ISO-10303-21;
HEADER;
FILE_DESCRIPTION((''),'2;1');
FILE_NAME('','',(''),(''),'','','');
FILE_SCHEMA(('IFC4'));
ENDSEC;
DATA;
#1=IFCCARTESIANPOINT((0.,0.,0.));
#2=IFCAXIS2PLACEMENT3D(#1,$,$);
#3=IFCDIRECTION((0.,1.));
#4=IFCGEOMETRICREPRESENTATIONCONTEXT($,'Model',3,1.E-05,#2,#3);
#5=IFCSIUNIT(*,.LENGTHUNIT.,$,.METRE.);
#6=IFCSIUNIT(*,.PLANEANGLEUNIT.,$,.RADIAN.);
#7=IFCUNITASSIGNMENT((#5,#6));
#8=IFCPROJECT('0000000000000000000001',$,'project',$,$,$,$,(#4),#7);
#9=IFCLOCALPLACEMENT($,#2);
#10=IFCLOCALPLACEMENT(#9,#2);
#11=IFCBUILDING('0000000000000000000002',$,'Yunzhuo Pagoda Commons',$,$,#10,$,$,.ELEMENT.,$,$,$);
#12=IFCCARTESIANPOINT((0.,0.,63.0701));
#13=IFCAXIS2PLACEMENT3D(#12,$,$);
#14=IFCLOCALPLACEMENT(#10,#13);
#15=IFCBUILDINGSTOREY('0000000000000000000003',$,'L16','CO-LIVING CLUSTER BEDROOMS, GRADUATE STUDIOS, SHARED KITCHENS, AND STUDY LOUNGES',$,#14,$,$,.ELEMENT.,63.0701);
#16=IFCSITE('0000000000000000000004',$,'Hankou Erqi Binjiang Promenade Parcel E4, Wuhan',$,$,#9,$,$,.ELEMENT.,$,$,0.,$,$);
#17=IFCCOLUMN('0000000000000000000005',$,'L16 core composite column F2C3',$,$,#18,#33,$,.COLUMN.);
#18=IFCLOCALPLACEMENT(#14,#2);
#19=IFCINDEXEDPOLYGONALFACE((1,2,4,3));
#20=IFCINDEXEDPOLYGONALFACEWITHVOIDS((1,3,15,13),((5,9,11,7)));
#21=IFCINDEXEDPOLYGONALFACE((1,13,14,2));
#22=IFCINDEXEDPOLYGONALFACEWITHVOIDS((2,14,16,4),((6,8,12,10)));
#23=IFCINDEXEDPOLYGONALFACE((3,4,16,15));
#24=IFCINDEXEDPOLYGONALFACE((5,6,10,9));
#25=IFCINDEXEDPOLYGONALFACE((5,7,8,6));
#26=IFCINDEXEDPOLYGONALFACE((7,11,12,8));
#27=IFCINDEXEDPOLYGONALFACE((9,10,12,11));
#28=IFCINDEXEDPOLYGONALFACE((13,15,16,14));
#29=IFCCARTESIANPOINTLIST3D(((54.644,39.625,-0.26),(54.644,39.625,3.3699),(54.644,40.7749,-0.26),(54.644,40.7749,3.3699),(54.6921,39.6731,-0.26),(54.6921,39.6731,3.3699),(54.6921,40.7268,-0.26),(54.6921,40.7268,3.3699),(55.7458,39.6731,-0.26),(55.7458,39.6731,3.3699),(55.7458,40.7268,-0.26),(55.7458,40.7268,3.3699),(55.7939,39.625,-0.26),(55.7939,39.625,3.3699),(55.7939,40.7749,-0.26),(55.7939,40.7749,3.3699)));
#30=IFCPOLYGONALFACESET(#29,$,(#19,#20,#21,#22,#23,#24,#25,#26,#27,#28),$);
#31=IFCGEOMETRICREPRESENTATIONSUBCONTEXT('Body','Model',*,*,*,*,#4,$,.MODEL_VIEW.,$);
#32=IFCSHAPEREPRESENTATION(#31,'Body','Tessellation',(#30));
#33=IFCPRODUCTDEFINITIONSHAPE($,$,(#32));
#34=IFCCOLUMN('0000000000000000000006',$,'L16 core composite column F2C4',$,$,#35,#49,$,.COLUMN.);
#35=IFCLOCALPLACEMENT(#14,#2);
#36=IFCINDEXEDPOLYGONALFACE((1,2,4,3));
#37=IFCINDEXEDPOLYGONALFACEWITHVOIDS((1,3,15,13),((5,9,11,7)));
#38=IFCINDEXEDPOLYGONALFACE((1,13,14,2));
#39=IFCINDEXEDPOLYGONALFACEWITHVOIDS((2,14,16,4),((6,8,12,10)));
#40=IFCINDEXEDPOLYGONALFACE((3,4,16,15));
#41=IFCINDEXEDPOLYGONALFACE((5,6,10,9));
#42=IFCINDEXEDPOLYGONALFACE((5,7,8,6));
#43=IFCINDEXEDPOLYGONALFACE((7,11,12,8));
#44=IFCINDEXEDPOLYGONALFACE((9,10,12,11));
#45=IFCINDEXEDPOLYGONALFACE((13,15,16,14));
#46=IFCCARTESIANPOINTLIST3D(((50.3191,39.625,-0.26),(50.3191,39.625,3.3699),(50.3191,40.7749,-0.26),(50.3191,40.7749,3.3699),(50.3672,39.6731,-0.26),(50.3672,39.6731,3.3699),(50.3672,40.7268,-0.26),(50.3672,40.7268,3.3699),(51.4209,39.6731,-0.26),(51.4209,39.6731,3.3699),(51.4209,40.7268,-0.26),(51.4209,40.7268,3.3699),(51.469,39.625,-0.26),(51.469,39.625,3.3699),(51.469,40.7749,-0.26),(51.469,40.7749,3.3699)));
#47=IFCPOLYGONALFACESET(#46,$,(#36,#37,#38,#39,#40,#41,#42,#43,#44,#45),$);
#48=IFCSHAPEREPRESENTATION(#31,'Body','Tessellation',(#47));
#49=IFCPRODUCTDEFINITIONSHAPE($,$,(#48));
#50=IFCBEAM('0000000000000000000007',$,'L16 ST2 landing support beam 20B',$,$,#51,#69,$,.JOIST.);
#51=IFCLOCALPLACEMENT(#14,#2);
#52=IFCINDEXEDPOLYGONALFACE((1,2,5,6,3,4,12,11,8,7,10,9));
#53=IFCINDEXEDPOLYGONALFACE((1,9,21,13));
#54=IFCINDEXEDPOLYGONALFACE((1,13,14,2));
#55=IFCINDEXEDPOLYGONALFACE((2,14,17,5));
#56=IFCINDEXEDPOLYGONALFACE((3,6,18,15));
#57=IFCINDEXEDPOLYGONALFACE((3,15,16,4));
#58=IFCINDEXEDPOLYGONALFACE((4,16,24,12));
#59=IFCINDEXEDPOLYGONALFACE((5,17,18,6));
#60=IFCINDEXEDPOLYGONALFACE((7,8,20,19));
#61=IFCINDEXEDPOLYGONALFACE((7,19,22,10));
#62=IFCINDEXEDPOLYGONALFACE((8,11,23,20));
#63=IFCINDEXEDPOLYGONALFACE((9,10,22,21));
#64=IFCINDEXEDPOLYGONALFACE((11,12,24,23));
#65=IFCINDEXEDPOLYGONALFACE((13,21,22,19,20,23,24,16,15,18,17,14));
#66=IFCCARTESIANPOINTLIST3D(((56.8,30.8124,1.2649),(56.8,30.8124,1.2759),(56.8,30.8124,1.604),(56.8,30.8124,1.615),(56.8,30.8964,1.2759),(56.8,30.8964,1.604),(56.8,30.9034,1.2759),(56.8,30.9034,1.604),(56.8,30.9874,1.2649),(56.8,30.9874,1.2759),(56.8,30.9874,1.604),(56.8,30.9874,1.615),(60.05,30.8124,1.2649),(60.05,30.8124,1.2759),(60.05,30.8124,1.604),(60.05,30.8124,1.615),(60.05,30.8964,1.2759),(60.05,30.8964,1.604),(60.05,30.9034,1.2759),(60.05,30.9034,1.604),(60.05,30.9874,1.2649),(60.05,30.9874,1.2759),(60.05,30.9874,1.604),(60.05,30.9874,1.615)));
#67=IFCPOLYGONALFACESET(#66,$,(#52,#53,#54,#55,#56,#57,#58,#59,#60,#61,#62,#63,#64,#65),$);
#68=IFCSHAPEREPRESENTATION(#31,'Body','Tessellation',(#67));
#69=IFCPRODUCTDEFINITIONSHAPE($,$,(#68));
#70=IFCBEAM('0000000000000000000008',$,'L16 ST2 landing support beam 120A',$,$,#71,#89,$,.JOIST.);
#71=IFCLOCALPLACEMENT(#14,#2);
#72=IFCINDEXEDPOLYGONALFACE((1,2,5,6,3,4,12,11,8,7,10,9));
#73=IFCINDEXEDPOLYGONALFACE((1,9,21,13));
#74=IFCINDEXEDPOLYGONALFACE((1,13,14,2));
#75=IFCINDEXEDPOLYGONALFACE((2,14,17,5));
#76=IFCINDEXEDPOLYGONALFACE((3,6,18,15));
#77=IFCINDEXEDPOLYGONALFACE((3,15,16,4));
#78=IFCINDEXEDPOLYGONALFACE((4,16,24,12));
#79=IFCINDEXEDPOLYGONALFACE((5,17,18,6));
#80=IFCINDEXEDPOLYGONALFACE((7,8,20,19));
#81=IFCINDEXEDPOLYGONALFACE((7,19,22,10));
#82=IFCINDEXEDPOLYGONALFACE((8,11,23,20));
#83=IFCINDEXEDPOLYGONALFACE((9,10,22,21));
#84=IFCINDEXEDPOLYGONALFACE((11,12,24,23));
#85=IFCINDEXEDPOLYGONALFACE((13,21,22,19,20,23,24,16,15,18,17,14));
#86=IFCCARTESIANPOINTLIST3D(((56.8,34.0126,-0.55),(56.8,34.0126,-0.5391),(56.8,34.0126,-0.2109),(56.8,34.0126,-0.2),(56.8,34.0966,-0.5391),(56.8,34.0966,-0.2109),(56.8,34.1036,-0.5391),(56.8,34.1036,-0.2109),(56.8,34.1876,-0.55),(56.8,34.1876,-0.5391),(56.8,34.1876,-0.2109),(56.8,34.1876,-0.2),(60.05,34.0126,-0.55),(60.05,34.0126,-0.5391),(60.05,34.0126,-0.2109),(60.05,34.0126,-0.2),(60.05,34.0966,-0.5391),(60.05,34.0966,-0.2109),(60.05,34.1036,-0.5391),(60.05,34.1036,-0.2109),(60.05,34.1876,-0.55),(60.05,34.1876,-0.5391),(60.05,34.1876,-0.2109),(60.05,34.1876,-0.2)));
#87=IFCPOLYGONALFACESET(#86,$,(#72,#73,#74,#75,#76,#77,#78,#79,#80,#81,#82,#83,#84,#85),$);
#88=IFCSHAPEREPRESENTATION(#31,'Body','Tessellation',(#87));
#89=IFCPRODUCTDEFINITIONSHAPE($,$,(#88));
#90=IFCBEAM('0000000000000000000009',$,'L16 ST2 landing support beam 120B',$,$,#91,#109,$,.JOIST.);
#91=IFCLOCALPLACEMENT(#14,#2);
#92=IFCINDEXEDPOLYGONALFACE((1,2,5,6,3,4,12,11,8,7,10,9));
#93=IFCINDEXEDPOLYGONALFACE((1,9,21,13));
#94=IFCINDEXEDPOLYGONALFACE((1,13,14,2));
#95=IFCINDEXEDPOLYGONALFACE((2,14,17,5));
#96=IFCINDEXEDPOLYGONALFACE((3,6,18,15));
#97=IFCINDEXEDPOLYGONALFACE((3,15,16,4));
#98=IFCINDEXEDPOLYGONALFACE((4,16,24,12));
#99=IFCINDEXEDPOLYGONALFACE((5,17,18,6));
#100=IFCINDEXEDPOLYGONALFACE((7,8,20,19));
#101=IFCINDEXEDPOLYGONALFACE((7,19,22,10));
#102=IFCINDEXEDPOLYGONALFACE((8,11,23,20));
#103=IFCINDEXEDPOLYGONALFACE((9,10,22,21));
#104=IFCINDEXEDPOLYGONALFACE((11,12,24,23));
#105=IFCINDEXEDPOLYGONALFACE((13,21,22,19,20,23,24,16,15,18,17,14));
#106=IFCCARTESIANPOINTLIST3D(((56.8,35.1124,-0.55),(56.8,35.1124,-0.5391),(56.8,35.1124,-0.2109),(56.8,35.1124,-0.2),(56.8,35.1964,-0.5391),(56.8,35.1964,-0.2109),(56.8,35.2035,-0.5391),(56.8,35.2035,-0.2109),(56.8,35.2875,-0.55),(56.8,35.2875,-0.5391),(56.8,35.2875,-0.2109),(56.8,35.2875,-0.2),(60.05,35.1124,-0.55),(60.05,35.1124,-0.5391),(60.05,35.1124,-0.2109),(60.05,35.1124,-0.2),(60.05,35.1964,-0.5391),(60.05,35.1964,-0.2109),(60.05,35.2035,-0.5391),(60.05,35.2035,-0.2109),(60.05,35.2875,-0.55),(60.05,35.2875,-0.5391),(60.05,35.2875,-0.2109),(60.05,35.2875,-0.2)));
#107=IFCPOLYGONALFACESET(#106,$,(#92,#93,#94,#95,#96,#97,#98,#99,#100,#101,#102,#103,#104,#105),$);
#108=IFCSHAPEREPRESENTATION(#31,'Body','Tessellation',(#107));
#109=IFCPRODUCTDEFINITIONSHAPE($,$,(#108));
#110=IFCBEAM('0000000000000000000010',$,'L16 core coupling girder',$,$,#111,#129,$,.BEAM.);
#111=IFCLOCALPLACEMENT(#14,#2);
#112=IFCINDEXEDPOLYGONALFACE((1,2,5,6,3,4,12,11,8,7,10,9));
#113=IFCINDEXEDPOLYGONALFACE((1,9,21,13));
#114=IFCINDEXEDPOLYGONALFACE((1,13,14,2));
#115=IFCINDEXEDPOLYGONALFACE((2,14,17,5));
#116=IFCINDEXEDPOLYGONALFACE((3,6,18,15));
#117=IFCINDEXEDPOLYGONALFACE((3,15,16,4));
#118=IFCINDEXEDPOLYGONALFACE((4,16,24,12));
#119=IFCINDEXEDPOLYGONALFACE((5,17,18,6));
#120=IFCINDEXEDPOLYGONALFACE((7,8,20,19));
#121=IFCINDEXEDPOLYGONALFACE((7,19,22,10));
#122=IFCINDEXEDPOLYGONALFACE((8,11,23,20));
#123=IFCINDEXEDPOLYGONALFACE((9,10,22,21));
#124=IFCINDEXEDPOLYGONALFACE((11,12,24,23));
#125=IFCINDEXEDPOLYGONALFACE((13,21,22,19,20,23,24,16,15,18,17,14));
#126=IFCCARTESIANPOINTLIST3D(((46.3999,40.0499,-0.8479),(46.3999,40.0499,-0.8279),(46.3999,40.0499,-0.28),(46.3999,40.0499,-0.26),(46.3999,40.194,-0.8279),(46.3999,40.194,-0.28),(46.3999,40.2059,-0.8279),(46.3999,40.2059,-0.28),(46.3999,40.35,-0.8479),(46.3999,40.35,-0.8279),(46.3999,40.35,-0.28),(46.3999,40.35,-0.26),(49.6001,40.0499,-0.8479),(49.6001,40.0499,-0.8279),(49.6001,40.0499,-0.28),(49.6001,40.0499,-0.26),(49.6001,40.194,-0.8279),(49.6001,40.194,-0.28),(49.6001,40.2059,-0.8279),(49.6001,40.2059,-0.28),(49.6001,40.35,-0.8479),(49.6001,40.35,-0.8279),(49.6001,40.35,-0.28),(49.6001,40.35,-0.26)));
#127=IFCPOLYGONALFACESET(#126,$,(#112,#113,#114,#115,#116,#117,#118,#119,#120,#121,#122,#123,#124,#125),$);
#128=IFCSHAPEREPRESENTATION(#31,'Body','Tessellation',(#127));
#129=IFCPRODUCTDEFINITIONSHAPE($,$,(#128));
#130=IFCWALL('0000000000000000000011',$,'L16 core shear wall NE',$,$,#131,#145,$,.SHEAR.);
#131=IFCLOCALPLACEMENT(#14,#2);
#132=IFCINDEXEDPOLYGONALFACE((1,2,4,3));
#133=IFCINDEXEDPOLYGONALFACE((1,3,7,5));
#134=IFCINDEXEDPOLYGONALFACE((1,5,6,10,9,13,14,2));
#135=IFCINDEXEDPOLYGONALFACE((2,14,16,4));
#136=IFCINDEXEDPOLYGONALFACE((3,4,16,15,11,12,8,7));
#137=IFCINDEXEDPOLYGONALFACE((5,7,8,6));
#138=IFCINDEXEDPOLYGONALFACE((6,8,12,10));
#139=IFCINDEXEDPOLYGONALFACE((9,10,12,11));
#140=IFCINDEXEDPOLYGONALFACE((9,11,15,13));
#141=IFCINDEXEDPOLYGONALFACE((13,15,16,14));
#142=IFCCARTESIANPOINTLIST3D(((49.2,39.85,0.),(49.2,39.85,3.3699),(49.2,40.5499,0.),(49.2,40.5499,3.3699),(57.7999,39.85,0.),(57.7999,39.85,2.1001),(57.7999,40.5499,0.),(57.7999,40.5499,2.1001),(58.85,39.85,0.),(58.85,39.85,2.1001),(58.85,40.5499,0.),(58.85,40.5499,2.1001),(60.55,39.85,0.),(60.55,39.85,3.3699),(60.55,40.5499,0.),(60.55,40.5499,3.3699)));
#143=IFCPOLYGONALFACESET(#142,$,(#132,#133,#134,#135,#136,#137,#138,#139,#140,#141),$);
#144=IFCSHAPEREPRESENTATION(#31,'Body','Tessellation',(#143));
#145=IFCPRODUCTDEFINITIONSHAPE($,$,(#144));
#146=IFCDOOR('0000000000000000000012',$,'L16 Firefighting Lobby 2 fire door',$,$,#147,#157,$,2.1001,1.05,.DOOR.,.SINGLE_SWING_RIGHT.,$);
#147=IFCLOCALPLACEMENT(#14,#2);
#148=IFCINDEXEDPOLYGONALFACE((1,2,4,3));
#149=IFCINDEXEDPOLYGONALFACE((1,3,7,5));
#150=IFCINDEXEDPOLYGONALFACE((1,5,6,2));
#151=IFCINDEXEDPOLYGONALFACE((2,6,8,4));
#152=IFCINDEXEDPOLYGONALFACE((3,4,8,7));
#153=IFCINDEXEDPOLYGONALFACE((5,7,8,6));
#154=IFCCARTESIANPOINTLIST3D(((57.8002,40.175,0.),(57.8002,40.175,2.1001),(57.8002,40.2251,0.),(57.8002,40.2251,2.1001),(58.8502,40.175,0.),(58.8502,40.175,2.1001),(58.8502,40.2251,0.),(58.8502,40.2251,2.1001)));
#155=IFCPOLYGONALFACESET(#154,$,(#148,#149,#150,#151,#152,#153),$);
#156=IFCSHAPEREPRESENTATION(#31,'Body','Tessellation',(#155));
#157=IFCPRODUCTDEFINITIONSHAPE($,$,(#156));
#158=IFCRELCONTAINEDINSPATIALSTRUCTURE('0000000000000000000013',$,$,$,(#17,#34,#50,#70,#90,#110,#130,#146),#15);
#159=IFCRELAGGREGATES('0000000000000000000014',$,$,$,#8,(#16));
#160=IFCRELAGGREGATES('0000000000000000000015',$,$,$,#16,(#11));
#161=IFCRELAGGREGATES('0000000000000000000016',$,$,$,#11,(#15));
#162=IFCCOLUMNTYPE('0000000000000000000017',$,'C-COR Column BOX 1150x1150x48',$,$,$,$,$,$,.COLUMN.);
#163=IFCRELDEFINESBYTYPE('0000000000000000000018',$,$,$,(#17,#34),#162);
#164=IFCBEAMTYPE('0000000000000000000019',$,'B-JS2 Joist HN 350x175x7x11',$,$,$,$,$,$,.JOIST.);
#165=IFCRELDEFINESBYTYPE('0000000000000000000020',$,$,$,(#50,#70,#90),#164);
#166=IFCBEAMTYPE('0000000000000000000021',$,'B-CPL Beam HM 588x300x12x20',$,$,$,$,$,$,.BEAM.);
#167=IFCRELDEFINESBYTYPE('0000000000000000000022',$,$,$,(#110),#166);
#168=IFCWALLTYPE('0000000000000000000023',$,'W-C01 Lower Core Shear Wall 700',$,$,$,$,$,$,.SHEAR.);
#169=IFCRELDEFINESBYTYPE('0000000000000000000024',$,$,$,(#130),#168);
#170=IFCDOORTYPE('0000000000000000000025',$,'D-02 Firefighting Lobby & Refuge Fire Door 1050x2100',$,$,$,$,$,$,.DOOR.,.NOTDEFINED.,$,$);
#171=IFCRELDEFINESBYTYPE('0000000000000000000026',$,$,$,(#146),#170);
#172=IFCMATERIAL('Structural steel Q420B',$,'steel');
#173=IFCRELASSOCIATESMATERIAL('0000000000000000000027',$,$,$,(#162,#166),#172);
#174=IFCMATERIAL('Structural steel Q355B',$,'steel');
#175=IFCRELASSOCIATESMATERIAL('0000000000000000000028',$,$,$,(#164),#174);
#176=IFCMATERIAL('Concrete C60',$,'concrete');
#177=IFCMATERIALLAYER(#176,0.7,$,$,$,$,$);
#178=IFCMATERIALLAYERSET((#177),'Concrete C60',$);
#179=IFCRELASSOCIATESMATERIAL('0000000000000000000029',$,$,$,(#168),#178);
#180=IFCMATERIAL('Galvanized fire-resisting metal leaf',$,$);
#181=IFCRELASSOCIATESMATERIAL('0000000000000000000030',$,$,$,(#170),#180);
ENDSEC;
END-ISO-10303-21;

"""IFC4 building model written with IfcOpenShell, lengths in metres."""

from ifc_helpers import new_model, si_unit, direction, frame, frame_2d, origin, origin_2d, place, context, subcontext, project, spatial, rectangle, hollow_rectangle, i_section, extrude, source, transform, mapped, material, layer, layer_set, material_profile, profile_set, type_object, element, fill, save


model = new_model("IFC4")

# Units and contexts
model_context = context("Model", 3, precision=1e-05, world=origin(), true_north=direction((0.0, 1.0)))
body_context = subcontext(model_context, "Body", "Model", "MODEL_VIEW")
ifc_project = project(units=[si_unit("LENGTHUNIT", "METRE"), si_unit("PLANEANGLEUNIT", "RADIAN")], contexts=[model_context])

# Site, building, storey
site_placement = place(None, origin())
site = spatial("IfcSite", under=ifc_project, at=site_placement, Name="Hankou Erqi Binjiang Promenade Parcel E4, Wuhan", CompositionType="ELEMENT", RefElevation=0.0)
building_placement = place(site_placement, origin())
building = spatial("IfcBuilding", under=site, at=building_placement, Name="Yunzhuo Pagoda Commons", CompositionType="ELEMENT")
storey_placement = place(building_placement, frame((0.0, 0.0, 63.0701)))
storey = spatial("IfcBuildingStorey", under=building, at=storey_placement, Name="L16", Description="CO-LIVING CLUSTER BEDROOMS, GRADUATE STUDIOS, SHARED KITCHENS, AND STUDY LOUNGES", CompositionType="ELEMENT", Elevation=63.0701)

# Columns
ifc_material_1 = material(Name="Structural steel Q420B", Category="steel")
ifc_material_profile_1 = material_profile(ifc_material_1, hollow_rectangle(XDim=1.1499, YDim=1.1499, WallThickness=0.0481, at=origin_2d()), Name="Structural steel Q420B")
ifc_profile_set_1 = profile_set([ifc_material_profile_1], Name="Structural steel Q420B")
column_type = type_object("IfcColumnType", Name="C-COR Column BOX 1150x1150x48", PredefinedType="COLUMN", material=ifc_profile_set_1)
shared_shape_1 = source(origin(), body_context, "Body", "SweptSolid", [
    extrude(hollow_rectangle(XDim=1.1499, YDim=1.1499, WallThickness=0.0481, at=origin_2d()), origin(), (0.0, 0.0, 1.0), 3.6299),
])
for number, where, z_axis, x_axis, name in (
    (1, (55.219, 40.2, -0.26), (0.0, 0.0, 1.0), (1.0, 0.0, 0.0), "L16 core composite column F2C3"),
    (2, (50.894, 40.2, -0.26), (0.0, 0.0, 1.0), (1.0, 0.0, 0.0), "L16 core composite column F2C4"),
):
    element("IfcColumn", number, at=place(storey_placement, frame(where, z_axis=z_axis, x_axis=x_axis)), inside=storey, type_object=column_type, Name=name, PredefinedType="COLUMN", context=body_context, shape_type="MappedRepresentation", body=[
        mapped(shared_shape_1, transform((0.0, 0.0, 0.0), scale=1.0)),
    ])

# Beams
ifc_material_2 = material(Name="Structural steel Q355B", Category="steel")
ifc_material_profile_2 = material_profile(ifc_material_2, i_section(OverallWidth=0.175, OverallDepth=0.3501, WebThickness=0.0071, FlangeThickness=0.011, at=origin_2d()), Name="Structural steel Q355B")
ifc_profile_set_2 = profile_set([ifc_material_profile_2], Name="Structural steel Q355B")
beam_type_1 = type_object("IfcBeamType", Name="B-JS2 Joist HN 350x175x7x11", PredefinedType="JOIST", material=ifc_profile_set_2)
shared_shape_2 = source(origin(), body_context, "Body", "SweptSolid", [
    extrude(i_section(OverallWidth=0.175, OverallDepth=0.3501, WebThickness=0.0071, FlangeThickness=0.011, at=origin_2d()), origin(), (0.0, 0.0, 1.0), 3.25),
])
for number, where, z_axis, x_axis, name in (
    (3, (56.8, 30.8999, 1.4399), (1.0, 0.0, 0.0), (0.0, 1.0, 0.0), "L16 ST2 landing support beam 20B"),
    (4, (56.8, 34.1001, -0.375), (1.0, 0.0, 0.0), (0.0, 1.0, 0.0), "L16 ST2 landing support beam 120A"),
    (5, (56.8, 35.2, -0.375), (1.0, 0.0, 0.0), (0.0, 1.0, 0.0), "L16 ST2 landing support beam 120B"),
):
    element("IfcBeam", number, at=place(storey_placement, frame(where, z_axis=z_axis, x_axis=x_axis)), inside=storey, type_object=beam_type_1, Name=name, PredefinedType="JOIST", context=body_context, shape_type="MappedRepresentation", body=[
        mapped(shared_shape_2, transform((0.0, 0.0, 0.0), scale=1.0)),
    ])
ifc_material_profile_3 = material_profile(ifc_material_1, i_section(OverallWidth=0.3, OverallDepth=0.5879, WebThickness=0.012, FlangeThickness=0.02, at=origin_2d()), Name="Structural steel Q420B")
ifc_profile_set_3 = profile_set([ifc_material_profile_3], Name="Structural steel Q420B")
beam_type_2 = type_object("IfcBeamType", Name="B-CPL Beam HM 588x300x12x20", PredefinedType="BEAM", material=ifc_profile_set_3)
shared_shape_3 = source(origin(), body_context, "Body", "SweptSolid", [
    extrude(i_section(OverallWidth=0.3, OverallDepth=0.5879, WebThickness=0.012, FlangeThickness=0.02, at=origin_2d()), origin(), (0.0, 0.0, 1.0), 3.2002),
])
beam_placement = place(storey_placement, frame((46.3999, 40.2, -0.554), z_axis=(1.0, 0.0, 0.0), x_axis=(0.0, 1.0, 0.0)))
element("IfcBeam", 6, at=beam_placement, inside=storey, type_object=beam_type_2, Name="L16 core coupling girder", PredefinedType="BEAM", context=body_context, shape_type="MappedRepresentation", body=[
    mapped(shared_shape_3, transform((0.0, 0.0, 0.0), scale=1.0)),
])

# Wall, opening, door
ifc_material_3 = material(Name="Concrete C60", Category="concrete")
ifc_layer_1 = layer(ifc_material_3, 0.7)
ifc_layer_set_1 = layer_set([ifc_layer_1], Name="Concrete C60")
wall_type_1 = type_object("IfcWallType", Name="W-C01 Lower Core Shear Wall 700", PredefinedType="SHEAR", material=ifc_layer_set_1)
wall_1_placement = place(storey_placement, frame((49.2, 40.2, 0.0), z_axis=(0.0, 0.0, 1.0), x_axis=(1.0, 0.0, 0.0)))
wall_1 = element("IfcWall", 7, at=wall_1_placement, inside=storey, type_object=wall_type_1, Name="L16 core shear wall NE", PredefinedType="SHEAR", context=body_context, shape_type="SweptSolid", body=[
    extrude(rectangle(XDim=11.3501, YDim=0.7, at=frame_2d((5.675, 0.0))), origin(), (0.0, 0.0, 1.0), 3.3699),
])
opening_1_placement = place(wall_1_placement, frame((8.6001, 0.0, 0.0)))
opening_1 = element("IfcOpeningElement", 8, at=opening_1_placement, cuts=wall_1, PredefinedType="OPENING", context=body_context, shape_type="SweptSolid", body=[
    extrude(rectangle(XDim=1.05, YDim=2.1001, at=frame_2d((0.5249, 1.05))), frame((0.0, 0.3599, 0.0), z_axis=(0.0, -1.0, 0.0), x_axis=(1.0, 0.0, 0.0)), (0.0, 0.0, 1.0), 0.72),
])
ifc_material_4 = material(Name="Galvanized fire-resisting metal leaf")
door_type_1 = type_object("IfcDoorType", Name="D-02 Firefighting Lobby & Refuge Fire Door 1050x2100", OperationType="NOTDEFINED", PredefinedType="DOOR", material=ifc_material_4)
shared_shape_4 = source(origin(), body_context, "Body", "SweptSolid", [
    extrude(rectangle(XDim=1.05, YDim=2.1001, at=frame_2d((0.5249, 1.05))), frame((0.0, 0.0249, 0.0), z_axis=(0.0, -1.0, 0.0), x_axis=(1.0, 0.0, 0.0)), (0.0, 0.0, 1.0), 0.05),
])
door_1_placement = place(opening_1_placement, frame((1.05, 0.0, 0.0), z_axis=(0.0, 0.0, 1.0), x_axis=(-1.0, 0.0, 0.0)))
door_1 = element("IfcDoor", 9, at=door_1_placement, inside=storey, type_object=door_type_1, Name="L16 Firefighting Lobby 2 fire door", OperationType="SINGLE_SWING_RIGHT", OverallHeight=2.1001, OverallWidth=1.05, PredefinedType="DOOR", context=body_context, shape_type="MappedRepresentation", body=[
    mapped(shared_shape_4, transform((0.0, 0.0, 0.0), scale=1.0)),
])
fill(opening_1, door_1)

save(model, "model.ifc")
